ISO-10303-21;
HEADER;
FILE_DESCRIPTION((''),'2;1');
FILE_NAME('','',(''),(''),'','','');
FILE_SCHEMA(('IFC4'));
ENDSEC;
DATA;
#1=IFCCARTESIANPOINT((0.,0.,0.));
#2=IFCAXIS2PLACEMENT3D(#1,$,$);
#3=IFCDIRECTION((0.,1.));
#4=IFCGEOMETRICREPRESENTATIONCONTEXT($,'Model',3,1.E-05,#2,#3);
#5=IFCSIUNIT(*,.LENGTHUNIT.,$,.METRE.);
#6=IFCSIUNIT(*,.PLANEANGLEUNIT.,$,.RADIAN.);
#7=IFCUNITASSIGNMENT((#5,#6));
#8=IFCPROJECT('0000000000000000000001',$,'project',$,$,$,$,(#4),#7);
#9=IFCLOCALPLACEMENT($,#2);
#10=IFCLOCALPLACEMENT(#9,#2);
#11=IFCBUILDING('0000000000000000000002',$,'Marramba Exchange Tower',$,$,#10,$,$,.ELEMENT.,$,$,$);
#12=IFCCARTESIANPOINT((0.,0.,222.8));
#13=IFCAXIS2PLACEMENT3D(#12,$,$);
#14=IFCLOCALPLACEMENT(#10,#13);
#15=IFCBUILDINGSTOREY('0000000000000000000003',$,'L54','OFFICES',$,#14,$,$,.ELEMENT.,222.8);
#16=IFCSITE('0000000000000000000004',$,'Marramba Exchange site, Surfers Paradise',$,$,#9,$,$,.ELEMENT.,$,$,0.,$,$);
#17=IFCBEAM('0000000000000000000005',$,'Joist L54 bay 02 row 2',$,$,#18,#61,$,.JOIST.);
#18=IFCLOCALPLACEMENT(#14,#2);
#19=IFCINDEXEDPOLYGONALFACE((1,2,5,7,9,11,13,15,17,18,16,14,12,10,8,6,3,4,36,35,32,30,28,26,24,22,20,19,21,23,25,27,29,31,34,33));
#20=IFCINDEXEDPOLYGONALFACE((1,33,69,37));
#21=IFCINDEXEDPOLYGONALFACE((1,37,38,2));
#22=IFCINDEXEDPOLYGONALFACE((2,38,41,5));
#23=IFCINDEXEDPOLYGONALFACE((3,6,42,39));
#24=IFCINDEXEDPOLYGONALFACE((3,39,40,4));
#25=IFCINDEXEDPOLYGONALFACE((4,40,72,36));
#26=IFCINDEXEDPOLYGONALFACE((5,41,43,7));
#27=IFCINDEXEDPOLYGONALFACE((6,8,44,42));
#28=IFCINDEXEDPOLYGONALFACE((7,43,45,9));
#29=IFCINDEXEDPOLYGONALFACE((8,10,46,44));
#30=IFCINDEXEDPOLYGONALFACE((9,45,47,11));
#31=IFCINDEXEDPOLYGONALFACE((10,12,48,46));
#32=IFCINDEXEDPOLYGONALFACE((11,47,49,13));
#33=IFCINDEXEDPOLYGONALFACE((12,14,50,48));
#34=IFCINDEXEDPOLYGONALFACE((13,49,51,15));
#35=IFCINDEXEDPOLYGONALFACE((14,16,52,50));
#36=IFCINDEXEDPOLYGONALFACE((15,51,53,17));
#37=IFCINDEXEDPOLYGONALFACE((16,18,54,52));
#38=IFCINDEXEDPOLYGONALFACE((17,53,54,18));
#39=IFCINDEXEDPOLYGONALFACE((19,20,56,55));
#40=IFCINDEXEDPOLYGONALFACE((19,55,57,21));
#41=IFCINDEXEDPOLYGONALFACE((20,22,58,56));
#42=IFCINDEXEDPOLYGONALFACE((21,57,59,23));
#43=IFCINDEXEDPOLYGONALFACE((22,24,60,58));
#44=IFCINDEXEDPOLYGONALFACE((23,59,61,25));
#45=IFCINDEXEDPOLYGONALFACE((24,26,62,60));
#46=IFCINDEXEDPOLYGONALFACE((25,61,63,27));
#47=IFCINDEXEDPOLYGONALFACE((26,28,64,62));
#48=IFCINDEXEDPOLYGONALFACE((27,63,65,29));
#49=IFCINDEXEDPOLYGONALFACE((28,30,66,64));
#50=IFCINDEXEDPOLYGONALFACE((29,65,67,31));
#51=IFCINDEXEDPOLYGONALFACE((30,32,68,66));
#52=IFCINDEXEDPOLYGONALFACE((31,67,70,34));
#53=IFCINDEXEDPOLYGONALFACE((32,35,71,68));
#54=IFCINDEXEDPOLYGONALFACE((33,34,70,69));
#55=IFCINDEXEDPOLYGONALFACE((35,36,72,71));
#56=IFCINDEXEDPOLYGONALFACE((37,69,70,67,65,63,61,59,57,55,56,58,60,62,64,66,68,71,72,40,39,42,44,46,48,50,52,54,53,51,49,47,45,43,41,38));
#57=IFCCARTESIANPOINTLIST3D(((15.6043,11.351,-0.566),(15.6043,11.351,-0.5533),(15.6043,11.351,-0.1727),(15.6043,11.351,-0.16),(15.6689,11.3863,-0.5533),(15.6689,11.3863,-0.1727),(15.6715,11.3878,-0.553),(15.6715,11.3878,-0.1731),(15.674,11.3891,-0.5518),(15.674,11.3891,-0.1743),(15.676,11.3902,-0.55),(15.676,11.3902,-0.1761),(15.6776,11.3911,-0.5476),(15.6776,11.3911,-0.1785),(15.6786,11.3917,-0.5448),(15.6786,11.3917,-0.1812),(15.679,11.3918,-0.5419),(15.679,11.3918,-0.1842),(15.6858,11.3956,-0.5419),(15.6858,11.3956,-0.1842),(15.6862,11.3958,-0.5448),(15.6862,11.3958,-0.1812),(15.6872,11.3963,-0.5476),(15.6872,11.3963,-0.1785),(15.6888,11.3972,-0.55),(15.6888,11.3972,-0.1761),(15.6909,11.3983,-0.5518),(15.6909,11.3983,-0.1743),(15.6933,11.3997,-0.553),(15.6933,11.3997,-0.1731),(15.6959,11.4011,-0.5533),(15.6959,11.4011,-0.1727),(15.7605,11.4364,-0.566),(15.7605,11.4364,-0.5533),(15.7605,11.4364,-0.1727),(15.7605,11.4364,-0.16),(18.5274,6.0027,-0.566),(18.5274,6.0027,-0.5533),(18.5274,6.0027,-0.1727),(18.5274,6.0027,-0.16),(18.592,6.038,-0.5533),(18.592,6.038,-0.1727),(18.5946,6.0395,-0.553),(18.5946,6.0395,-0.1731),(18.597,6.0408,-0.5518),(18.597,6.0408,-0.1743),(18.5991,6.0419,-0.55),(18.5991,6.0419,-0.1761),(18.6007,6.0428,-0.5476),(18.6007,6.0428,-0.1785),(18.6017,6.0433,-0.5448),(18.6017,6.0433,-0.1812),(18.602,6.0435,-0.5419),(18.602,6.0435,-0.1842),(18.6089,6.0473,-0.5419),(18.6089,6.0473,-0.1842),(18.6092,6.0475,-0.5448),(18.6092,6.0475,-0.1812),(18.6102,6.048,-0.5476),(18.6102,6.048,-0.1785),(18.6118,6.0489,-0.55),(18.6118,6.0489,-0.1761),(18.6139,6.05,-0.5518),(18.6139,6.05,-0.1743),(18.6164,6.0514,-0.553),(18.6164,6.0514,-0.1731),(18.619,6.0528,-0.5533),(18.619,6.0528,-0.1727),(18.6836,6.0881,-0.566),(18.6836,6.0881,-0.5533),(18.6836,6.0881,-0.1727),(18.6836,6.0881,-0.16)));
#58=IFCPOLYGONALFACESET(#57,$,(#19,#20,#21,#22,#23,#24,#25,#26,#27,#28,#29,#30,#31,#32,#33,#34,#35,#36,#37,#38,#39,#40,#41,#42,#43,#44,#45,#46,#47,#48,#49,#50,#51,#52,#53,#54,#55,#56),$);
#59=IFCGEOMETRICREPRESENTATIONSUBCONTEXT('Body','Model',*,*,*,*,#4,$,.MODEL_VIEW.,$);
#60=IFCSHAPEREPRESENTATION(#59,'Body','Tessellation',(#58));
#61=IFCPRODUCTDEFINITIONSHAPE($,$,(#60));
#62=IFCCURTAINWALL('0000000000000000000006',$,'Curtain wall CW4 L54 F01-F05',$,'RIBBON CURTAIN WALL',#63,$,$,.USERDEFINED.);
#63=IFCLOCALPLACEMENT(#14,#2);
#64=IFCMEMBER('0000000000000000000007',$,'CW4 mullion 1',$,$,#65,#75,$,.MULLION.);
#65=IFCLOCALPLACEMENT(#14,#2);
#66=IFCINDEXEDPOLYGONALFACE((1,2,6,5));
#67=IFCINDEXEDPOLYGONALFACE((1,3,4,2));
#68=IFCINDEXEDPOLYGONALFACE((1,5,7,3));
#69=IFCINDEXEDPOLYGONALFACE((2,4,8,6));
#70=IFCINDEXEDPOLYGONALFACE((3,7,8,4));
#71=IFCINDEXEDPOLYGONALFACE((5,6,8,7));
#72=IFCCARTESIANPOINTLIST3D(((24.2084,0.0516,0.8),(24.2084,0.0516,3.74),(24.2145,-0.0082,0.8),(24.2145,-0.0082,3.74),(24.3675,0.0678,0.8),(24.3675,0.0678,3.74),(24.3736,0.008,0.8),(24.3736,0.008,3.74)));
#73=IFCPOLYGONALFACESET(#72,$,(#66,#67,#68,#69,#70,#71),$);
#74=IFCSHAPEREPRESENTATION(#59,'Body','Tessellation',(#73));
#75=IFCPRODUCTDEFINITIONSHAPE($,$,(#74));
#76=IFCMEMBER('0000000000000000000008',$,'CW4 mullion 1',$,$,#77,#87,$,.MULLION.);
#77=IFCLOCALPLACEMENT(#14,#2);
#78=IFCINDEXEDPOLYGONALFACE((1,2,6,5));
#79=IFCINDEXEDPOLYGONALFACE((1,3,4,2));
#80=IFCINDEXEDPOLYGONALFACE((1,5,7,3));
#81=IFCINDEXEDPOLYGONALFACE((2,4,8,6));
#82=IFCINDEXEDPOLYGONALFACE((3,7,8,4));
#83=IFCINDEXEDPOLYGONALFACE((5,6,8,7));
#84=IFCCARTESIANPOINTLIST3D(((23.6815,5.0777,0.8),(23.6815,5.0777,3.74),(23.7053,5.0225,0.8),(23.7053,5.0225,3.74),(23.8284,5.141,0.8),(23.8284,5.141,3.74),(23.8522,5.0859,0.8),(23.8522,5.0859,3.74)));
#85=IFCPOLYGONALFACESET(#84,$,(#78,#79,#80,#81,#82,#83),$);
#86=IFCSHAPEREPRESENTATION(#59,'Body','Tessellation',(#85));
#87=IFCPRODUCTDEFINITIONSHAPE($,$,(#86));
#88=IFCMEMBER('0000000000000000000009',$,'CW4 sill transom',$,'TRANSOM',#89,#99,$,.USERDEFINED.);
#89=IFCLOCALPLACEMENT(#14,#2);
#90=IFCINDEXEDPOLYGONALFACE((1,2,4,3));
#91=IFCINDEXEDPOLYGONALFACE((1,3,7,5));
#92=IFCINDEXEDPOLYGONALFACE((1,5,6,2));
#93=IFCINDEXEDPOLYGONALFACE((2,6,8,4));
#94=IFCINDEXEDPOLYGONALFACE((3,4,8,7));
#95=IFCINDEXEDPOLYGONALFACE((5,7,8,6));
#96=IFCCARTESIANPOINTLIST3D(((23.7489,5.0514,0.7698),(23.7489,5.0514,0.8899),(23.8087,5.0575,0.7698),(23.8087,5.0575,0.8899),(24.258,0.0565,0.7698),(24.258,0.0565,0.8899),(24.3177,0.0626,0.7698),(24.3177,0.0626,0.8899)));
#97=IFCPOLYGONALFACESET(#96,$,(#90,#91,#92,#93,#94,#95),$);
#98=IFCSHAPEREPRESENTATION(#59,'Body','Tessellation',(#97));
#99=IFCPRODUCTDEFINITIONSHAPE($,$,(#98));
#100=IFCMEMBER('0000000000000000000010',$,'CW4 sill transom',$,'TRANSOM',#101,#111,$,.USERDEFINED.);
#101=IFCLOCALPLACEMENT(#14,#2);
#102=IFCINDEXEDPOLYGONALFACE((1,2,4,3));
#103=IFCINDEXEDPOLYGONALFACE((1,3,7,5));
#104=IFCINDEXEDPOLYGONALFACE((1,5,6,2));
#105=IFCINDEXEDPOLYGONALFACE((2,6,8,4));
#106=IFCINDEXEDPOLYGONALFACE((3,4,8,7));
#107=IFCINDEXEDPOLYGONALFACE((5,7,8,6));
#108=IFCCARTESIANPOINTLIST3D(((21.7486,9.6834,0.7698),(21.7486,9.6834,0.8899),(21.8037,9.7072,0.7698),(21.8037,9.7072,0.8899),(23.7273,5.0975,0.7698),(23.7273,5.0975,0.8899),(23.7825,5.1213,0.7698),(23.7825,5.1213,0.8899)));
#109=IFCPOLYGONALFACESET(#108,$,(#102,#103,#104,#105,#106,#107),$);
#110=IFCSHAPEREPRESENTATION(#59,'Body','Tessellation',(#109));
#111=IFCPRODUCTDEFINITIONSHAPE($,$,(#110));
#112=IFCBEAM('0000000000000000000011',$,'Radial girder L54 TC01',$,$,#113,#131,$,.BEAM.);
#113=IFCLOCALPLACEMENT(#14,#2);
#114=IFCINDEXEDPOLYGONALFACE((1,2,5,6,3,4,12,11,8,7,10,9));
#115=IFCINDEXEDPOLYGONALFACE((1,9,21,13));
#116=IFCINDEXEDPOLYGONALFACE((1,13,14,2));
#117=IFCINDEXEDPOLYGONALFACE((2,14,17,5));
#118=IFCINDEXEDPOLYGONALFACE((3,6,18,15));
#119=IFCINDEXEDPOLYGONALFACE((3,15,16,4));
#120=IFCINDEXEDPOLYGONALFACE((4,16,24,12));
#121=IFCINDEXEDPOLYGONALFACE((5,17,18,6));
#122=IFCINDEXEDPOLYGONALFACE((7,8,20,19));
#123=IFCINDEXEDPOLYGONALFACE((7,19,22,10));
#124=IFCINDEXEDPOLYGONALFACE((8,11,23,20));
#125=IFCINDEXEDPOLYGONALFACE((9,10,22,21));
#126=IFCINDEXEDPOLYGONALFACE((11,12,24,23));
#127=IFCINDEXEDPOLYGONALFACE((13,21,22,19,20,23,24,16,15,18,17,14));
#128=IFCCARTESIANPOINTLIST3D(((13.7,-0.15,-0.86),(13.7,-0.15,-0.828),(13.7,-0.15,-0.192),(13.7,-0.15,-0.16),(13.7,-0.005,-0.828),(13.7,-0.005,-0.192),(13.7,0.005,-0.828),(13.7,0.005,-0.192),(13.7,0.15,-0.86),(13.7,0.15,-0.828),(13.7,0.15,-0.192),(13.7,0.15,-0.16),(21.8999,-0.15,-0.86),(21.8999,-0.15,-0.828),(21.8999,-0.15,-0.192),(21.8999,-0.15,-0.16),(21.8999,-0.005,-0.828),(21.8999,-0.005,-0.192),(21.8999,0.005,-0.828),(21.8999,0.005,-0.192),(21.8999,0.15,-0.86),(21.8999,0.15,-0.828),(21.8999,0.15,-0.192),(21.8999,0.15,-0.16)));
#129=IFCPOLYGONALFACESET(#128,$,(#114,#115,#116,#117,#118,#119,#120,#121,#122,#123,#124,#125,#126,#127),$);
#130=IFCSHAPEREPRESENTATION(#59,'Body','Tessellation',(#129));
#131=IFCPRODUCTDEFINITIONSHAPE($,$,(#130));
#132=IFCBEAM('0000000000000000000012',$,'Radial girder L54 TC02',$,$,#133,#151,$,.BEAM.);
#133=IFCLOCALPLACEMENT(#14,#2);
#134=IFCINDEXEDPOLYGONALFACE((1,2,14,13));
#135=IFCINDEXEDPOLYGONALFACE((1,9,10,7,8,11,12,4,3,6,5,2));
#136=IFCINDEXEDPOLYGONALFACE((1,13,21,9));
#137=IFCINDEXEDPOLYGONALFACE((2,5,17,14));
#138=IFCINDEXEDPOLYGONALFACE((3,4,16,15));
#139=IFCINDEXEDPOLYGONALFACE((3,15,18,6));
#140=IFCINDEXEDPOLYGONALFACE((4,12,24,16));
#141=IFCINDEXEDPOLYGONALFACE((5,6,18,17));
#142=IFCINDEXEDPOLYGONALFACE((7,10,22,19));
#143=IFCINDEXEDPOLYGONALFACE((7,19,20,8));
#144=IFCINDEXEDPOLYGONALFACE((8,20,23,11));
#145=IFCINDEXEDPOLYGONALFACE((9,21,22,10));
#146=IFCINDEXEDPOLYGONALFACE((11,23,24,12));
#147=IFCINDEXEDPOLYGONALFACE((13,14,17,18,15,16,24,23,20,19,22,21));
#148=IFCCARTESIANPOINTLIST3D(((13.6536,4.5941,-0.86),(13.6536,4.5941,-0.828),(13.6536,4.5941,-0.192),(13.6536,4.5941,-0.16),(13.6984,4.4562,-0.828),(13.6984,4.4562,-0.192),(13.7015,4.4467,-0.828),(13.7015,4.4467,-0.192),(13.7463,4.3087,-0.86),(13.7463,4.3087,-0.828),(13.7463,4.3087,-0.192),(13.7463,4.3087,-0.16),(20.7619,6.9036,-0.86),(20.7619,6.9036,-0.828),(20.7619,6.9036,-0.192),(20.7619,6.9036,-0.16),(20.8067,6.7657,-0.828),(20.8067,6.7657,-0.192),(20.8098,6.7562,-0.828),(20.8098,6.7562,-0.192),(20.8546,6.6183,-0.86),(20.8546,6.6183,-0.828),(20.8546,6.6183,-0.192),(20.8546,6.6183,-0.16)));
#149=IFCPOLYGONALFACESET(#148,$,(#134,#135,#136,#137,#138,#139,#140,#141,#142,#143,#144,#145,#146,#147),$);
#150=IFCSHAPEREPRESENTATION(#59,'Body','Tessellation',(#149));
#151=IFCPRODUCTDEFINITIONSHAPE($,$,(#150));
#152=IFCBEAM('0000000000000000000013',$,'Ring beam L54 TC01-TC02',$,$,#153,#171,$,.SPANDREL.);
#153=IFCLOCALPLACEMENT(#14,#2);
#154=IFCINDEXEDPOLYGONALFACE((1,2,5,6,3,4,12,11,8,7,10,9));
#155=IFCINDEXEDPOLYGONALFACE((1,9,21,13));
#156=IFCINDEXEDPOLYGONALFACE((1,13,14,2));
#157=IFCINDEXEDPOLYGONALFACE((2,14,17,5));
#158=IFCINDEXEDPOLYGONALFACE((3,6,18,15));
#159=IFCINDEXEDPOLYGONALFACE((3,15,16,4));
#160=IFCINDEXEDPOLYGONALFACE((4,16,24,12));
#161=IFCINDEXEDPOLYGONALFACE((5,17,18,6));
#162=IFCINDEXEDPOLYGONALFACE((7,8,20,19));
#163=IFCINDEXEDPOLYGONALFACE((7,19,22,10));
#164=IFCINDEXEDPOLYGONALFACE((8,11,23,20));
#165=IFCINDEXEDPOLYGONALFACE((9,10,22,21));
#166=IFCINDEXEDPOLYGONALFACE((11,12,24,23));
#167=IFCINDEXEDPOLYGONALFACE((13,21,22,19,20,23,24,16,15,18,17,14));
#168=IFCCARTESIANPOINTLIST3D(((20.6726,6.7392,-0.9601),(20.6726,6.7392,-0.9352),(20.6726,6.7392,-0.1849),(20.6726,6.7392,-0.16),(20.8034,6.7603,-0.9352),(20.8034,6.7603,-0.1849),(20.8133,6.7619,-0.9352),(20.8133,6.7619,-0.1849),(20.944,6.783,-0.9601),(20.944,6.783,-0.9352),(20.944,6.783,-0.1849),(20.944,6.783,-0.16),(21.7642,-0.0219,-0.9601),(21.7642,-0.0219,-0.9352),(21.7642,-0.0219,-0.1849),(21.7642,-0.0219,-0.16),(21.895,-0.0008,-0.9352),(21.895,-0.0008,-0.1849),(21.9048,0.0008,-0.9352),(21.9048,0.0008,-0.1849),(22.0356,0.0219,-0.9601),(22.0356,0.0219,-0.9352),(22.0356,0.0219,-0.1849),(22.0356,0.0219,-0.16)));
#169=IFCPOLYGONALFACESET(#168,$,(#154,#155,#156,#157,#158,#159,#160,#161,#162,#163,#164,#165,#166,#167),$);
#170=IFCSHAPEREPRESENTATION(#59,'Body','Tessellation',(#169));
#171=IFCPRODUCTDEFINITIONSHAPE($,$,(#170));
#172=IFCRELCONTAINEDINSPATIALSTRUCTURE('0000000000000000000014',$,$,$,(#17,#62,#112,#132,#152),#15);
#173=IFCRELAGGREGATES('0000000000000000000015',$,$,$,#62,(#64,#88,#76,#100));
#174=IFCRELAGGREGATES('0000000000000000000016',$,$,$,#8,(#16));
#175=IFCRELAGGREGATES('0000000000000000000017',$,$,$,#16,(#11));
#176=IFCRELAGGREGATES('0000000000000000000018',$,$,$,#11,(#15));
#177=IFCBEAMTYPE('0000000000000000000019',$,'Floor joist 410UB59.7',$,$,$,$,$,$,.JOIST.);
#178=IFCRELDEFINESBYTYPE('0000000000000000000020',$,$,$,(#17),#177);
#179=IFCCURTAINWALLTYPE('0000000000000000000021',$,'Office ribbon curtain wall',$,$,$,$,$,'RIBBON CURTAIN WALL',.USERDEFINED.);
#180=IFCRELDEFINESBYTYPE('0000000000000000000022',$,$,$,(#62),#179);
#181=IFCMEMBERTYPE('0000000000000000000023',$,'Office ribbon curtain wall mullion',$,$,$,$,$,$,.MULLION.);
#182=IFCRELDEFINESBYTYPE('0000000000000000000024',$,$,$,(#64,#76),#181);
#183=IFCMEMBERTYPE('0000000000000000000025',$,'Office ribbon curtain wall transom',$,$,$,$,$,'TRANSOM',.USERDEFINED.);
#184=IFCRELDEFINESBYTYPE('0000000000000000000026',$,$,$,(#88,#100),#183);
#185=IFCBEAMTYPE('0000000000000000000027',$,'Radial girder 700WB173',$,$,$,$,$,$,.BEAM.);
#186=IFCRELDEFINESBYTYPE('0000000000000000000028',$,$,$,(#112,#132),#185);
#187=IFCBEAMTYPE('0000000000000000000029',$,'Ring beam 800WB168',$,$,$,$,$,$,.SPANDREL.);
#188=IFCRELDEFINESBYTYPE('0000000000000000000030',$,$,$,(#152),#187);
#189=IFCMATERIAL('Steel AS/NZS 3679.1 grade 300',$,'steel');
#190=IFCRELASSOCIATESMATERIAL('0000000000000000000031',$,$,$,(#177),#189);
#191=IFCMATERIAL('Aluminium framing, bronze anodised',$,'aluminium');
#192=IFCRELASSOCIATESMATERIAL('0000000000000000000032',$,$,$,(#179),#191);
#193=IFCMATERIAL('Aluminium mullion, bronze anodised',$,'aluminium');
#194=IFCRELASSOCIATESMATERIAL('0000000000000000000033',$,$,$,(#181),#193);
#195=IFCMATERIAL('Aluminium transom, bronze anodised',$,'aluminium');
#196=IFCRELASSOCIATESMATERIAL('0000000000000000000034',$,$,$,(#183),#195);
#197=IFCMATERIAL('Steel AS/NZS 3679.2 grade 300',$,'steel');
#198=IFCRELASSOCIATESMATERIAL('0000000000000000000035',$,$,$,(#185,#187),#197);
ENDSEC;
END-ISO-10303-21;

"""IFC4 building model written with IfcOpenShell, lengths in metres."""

from ifc_helpers import new_model, si_unit, direction, frame, origin, origin_2d, place, context, subcontext, project, spatial, rectangle, i_section, extrude, material, material_profile, profile_set, type_object, element, aggregate, save


model = new_model("IFC4")

# Units and contexts
model_context = context("Model", 3, precision=1e-05, world=origin(), true_north=direction((0.0, 1.0)))
body_context = subcontext(model_context, "Body", "Model", "MODEL_VIEW")
ifc_project = project(units=[si_unit("LENGTHUNIT", "METRE"), si_unit("PLANEANGLEUNIT", "RADIAN")], contexts=[model_context])

# Site, building, storey
site_placement = place(None, origin())
site = spatial("IfcSite", under=ifc_project, at=site_placement, Name="Marramba Exchange site, Surfers Paradise", CompositionType="ELEMENT", RefElevation=0.0)
building_placement = place(site_placement, origin())
building = spatial("IfcBuilding", under=site, at=building_placement, Name="Marramba Exchange Tower", CompositionType="ELEMENT")
storey_placement = place(building_placement, frame((0.0, 0.0, 222.8)))
storey = spatial("IfcBuildingStorey", under=building, at=storey_placement, Name="L54", Description="OFFICES", CompositionType="ELEMENT", Elevation=222.8)

# Beam
ifc_material_1 = material(Name="Steel AS/NZS 3679.2 grade 300", Category="steel")
ifc_material_2 = material(Name="Steel AS/NZS 3679.1 grade 300", Category="steel")
ifc_material_profile_1 = material_profile(ifc_material_2, i_section(OverallWidth=0.178, OverallDepth=0.406, WebThickness=0.0078, FlangeThickness=0.0127, FilletRadius=0.0115, at=origin_2d()), Name="410UB59.7")
ifc_profile_set_1 = profile_set([ifc_material_profile_1], Name="Steel AS/NZS 3679.1 grade 300")
beam_type_1 = type_object("IfcBeamType", Name="Floor joist 410UB59.7", PredefinedType="JOIST", material=ifc_profile_set_1)
beam_1_placement = place(storey_placement, frame((18.6055, 6.0454, -0.363), z_axis=(-0.479584, 0.877496, 0.0), x_axis=(-0.877496, -0.479584, 0.0)))
element("IfcBeam", 1, at=beam_1_placement, inside=storey, type_object=beam_type_1, Name="Joist L54 bay 02 row 2", PredefinedType="JOIST", context=body_context, shape_type="SweptSolid", body=[
    extrude(i_section(OverallWidth=0.178, OverallDepth=0.406, WebThickness=0.0078, FlangeThickness=0.0127, FilletRadius=0.0115, at=origin_2d()), origin(), (0.0, 0.0, 1.0), 6.095),
])

# Curtain wall, members
ifc_material_3 = material(Name="Aluminium framing, bronze anodised", Category="aluminium")
curtain_wall_type = type_object("IfcCurtainWallType", Name="Office ribbon curtain wall", ElementType="RIBBON CURTAIN WALL", PredefinedType="USERDEFINED", material=ifc_material_3)
curtain_wall_placement = place(storey_placement, origin())
curtain_wall = element("IfcCurtainWall", 2, at=curtain_wall_placement, inside=storey, type_object=curtain_wall_type, Name="Curtain wall CW4 L54 F01-F05", ObjectType="RIBBON CURTAIN WALL", PredefinedType="USERDEFINED")
ifc_material_4 = material(Name="Aluminium mullion, bronze anodised", Category="aluminium")
ifc_material_profile_2 = material_profile(ifc_material_4, rectangle(XDim=0.1599, YDim=0.0601, at=origin_2d()), Name="CW4 mullion 60x160")
ifc_profile_set_2 = profile_set([ifc_material_profile_2], Name="Aluminium mullion, bronze anodised")
member_type_1 = type_object("IfcMemberType", Name="Office ribbon curtain wall mullion", PredefinedType="MULLION", material=ifc_profile_set_2)
member_1_placement = place(storey_placement, frame((24.291, 0.0298, 0.8), z_axis=(0.0, 0.0, 1.0), x_axis=(-0.994843, -0.101422, 0.0)))
member_1 = element("IfcMember", 3, at=member_1_placement, type_object=member_type_1, Name="CW4 mullion 1", PredefinedType="MULLION", context=body_context, shape_type="SweptSolid", body=[
    extrude(rectangle(XDim=0.1599, YDim=0.0601, at=origin_2d()), origin(), (0.0, 0.0, 1.0), 2.9399),
])
member_2_placement = place(storey_placement, frame((23.7668, 5.0818, 0.8), z_axis=(0.0, 0.0, 1.0), x_axis=(-0.918167, -0.396193, 0.0)))
member_2 = element("IfcMember", 4, at=member_2_placement, type_object=member_type_1, Name="CW4 mullion 1", PredefinedType="MULLION", context=body_context, shape_type="SweptSolid", body=[
    extrude(rectangle(XDim=0.1599, YDim=0.0601, at=origin_2d()), origin(), (0.0, 0.0, 1.0), 2.9399),
])
ifc_material_5 = material(Name="Aluminium transom, bronze anodised", Category="aluminium")
ifc_material_profile_3 = material_profile(ifc_material_5, rectangle(XDim=0.0601, YDim=0.1201, at=origin_2d()), Name="CW4 transom 60x120")
ifc_profile_set_3 = profile_set([ifc_material_profile_3], Name="Aluminium transom, bronze anodised")
member_type_2 = type_object("IfcMemberType", Name="Office ribbon curtain wall transom", ElementType="TRANSOM", PredefinedType="USERDEFINED", material=ifc_profile_set_3)
member_3_placement = place(storey_placement, frame((24.2878, 0.0596, 0.8298), z_axis=(-0.101386, 0.994847, 0.0), x_axis=(-0.994847, -0.101386, 0.0)))
member_3 = element("IfcMember", 5, at=member_3_placement, type_object=member_type_2, Name="CW4 sill transom", ObjectType="TRANSOM", PredefinedType="USERDEFINED", context=body_context, shape_type="SweptSolid", body=[
    extrude(rectangle(XDim=0.0601, YDim=0.1201, at=origin_2d()), origin(), (0.0, 0.0, 1.0), 5.0208),
])
member_4_placement = place(storey_placement, frame((23.7549, 5.1094, 0.8298), z_axis=(-0.396178, 0.918174, 0.0), x_axis=(-0.918174, -0.396178, 0.0)))
member_4 = element("IfcMember", 6, at=member_4_placement, type_object=member_type_2, Name="CW4 sill transom", ObjectType="TRANSOM", PredefinedType="USERDEFINED", context=body_context, shape_type="SweptSolid", body=[
    extrude(rectangle(XDim=0.0601, YDim=0.1201, at=origin_2d()), origin(), (0.0, 0.0, 1.0), 4.9946),
])

# Beams
ifc_material_profile_4 = material_profile(ifc_material_1, i_section(OverallWidth=0.3, OverallDepth=0.7, WebThickness=0.01, FlangeThickness=0.032, at=origin_2d()), Name="700WB173")
ifc_profile_set_4 = profile_set([ifc_material_profile_4], Name="Steel AS/NZS 3679.2 grade 300")
beam_type_2 = type_object("IfcBeamType", Name="Radial girder 700WB173", PredefinedType="BEAM", material=ifc_profile_set_4)
beam_2_placement = place(storey_placement, frame((13.7, 0.0, -0.51), z_axis=(1.0, 0.0, 0.0), x_axis=(0.0, 1.0, 0.0)))
element("IfcBeam", 7, at=beam_2_placement, inside=storey, type_object=beam_type_2, Name="Radial girder L54 TC01", PredefinedType="BEAM", context=body_context, shape_type="SweptSolid", body=[
    extrude(i_section(OverallWidth=0.3, OverallDepth=0.7, WebThickness=0.01, FlangeThickness=0.032, at=origin_2d()), origin(), (0.0, 0.0, 1.0), 8.2),
])
beam_3_placement = place(storey_placement, frame((13.7, 4.4514, -0.51), z_axis=(0.95106, 0.309006, 0.0), x_axis=(-0.309006, 0.95106, 0.0)))
element("IfcBeam", 8, at=beam_3_placement, inside=storey, type_object=beam_type_2, Name="Radial girder L54 TC02", PredefinedType="BEAM", context=body_context, shape_type="SweptSolid", body=[
    extrude(i_section(OverallWidth=0.3, OverallDepth=0.7, WebThickness=0.01, FlangeThickness=0.032, at=origin_2d()), origin(), (0.0, 0.0, 1.0), 7.4741),
])
ifc_material_profile_5 = material_profile(ifc_material_1, i_section(OverallWidth=0.2749, OverallDepth=0.8, WebThickness=0.01, FlangeThickness=0.0249, at=origin_2d()), Name="800WB168")
ifc_profile_set_5 = profile_set([ifc_material_profile_5], Name="Steel AS/NZS 3679.2 grade 300")
beam_type_3 = type_object("IfcBeamType", Name="Ring beam 800WB168", PredefinedType="SPANDREL", material=ifc_profile_set_5)
beam_4_placement = place(storey_placement, frame((21.8999, 0.0, -0.5601), z_axis=(-0.159385, 0.987217, 0.0), x_axis=(-0.987217, -0.159385, 0.0)))
element("IfcBeam", 9, at=beam_4_placement, inside=storey, type_object=beam_type_3, Name="Ring beam L54 TC01-TC02", PredefinedType="SPANDREL", context=body_context, shape_type="SweptSolid", body=[
    extrude(i_section(OverallWidth=0.2749, OverallDepth=0.8, WebThickness=0.01, FlangeThickness=0.0249, at=origin_2d()), origin(), (0.0, 0.0, 1.0), 6.8486),
])

aggregate(curtain_wall, [member_1, member_3, member_2, member_4])

save(model, "model.ifc")
